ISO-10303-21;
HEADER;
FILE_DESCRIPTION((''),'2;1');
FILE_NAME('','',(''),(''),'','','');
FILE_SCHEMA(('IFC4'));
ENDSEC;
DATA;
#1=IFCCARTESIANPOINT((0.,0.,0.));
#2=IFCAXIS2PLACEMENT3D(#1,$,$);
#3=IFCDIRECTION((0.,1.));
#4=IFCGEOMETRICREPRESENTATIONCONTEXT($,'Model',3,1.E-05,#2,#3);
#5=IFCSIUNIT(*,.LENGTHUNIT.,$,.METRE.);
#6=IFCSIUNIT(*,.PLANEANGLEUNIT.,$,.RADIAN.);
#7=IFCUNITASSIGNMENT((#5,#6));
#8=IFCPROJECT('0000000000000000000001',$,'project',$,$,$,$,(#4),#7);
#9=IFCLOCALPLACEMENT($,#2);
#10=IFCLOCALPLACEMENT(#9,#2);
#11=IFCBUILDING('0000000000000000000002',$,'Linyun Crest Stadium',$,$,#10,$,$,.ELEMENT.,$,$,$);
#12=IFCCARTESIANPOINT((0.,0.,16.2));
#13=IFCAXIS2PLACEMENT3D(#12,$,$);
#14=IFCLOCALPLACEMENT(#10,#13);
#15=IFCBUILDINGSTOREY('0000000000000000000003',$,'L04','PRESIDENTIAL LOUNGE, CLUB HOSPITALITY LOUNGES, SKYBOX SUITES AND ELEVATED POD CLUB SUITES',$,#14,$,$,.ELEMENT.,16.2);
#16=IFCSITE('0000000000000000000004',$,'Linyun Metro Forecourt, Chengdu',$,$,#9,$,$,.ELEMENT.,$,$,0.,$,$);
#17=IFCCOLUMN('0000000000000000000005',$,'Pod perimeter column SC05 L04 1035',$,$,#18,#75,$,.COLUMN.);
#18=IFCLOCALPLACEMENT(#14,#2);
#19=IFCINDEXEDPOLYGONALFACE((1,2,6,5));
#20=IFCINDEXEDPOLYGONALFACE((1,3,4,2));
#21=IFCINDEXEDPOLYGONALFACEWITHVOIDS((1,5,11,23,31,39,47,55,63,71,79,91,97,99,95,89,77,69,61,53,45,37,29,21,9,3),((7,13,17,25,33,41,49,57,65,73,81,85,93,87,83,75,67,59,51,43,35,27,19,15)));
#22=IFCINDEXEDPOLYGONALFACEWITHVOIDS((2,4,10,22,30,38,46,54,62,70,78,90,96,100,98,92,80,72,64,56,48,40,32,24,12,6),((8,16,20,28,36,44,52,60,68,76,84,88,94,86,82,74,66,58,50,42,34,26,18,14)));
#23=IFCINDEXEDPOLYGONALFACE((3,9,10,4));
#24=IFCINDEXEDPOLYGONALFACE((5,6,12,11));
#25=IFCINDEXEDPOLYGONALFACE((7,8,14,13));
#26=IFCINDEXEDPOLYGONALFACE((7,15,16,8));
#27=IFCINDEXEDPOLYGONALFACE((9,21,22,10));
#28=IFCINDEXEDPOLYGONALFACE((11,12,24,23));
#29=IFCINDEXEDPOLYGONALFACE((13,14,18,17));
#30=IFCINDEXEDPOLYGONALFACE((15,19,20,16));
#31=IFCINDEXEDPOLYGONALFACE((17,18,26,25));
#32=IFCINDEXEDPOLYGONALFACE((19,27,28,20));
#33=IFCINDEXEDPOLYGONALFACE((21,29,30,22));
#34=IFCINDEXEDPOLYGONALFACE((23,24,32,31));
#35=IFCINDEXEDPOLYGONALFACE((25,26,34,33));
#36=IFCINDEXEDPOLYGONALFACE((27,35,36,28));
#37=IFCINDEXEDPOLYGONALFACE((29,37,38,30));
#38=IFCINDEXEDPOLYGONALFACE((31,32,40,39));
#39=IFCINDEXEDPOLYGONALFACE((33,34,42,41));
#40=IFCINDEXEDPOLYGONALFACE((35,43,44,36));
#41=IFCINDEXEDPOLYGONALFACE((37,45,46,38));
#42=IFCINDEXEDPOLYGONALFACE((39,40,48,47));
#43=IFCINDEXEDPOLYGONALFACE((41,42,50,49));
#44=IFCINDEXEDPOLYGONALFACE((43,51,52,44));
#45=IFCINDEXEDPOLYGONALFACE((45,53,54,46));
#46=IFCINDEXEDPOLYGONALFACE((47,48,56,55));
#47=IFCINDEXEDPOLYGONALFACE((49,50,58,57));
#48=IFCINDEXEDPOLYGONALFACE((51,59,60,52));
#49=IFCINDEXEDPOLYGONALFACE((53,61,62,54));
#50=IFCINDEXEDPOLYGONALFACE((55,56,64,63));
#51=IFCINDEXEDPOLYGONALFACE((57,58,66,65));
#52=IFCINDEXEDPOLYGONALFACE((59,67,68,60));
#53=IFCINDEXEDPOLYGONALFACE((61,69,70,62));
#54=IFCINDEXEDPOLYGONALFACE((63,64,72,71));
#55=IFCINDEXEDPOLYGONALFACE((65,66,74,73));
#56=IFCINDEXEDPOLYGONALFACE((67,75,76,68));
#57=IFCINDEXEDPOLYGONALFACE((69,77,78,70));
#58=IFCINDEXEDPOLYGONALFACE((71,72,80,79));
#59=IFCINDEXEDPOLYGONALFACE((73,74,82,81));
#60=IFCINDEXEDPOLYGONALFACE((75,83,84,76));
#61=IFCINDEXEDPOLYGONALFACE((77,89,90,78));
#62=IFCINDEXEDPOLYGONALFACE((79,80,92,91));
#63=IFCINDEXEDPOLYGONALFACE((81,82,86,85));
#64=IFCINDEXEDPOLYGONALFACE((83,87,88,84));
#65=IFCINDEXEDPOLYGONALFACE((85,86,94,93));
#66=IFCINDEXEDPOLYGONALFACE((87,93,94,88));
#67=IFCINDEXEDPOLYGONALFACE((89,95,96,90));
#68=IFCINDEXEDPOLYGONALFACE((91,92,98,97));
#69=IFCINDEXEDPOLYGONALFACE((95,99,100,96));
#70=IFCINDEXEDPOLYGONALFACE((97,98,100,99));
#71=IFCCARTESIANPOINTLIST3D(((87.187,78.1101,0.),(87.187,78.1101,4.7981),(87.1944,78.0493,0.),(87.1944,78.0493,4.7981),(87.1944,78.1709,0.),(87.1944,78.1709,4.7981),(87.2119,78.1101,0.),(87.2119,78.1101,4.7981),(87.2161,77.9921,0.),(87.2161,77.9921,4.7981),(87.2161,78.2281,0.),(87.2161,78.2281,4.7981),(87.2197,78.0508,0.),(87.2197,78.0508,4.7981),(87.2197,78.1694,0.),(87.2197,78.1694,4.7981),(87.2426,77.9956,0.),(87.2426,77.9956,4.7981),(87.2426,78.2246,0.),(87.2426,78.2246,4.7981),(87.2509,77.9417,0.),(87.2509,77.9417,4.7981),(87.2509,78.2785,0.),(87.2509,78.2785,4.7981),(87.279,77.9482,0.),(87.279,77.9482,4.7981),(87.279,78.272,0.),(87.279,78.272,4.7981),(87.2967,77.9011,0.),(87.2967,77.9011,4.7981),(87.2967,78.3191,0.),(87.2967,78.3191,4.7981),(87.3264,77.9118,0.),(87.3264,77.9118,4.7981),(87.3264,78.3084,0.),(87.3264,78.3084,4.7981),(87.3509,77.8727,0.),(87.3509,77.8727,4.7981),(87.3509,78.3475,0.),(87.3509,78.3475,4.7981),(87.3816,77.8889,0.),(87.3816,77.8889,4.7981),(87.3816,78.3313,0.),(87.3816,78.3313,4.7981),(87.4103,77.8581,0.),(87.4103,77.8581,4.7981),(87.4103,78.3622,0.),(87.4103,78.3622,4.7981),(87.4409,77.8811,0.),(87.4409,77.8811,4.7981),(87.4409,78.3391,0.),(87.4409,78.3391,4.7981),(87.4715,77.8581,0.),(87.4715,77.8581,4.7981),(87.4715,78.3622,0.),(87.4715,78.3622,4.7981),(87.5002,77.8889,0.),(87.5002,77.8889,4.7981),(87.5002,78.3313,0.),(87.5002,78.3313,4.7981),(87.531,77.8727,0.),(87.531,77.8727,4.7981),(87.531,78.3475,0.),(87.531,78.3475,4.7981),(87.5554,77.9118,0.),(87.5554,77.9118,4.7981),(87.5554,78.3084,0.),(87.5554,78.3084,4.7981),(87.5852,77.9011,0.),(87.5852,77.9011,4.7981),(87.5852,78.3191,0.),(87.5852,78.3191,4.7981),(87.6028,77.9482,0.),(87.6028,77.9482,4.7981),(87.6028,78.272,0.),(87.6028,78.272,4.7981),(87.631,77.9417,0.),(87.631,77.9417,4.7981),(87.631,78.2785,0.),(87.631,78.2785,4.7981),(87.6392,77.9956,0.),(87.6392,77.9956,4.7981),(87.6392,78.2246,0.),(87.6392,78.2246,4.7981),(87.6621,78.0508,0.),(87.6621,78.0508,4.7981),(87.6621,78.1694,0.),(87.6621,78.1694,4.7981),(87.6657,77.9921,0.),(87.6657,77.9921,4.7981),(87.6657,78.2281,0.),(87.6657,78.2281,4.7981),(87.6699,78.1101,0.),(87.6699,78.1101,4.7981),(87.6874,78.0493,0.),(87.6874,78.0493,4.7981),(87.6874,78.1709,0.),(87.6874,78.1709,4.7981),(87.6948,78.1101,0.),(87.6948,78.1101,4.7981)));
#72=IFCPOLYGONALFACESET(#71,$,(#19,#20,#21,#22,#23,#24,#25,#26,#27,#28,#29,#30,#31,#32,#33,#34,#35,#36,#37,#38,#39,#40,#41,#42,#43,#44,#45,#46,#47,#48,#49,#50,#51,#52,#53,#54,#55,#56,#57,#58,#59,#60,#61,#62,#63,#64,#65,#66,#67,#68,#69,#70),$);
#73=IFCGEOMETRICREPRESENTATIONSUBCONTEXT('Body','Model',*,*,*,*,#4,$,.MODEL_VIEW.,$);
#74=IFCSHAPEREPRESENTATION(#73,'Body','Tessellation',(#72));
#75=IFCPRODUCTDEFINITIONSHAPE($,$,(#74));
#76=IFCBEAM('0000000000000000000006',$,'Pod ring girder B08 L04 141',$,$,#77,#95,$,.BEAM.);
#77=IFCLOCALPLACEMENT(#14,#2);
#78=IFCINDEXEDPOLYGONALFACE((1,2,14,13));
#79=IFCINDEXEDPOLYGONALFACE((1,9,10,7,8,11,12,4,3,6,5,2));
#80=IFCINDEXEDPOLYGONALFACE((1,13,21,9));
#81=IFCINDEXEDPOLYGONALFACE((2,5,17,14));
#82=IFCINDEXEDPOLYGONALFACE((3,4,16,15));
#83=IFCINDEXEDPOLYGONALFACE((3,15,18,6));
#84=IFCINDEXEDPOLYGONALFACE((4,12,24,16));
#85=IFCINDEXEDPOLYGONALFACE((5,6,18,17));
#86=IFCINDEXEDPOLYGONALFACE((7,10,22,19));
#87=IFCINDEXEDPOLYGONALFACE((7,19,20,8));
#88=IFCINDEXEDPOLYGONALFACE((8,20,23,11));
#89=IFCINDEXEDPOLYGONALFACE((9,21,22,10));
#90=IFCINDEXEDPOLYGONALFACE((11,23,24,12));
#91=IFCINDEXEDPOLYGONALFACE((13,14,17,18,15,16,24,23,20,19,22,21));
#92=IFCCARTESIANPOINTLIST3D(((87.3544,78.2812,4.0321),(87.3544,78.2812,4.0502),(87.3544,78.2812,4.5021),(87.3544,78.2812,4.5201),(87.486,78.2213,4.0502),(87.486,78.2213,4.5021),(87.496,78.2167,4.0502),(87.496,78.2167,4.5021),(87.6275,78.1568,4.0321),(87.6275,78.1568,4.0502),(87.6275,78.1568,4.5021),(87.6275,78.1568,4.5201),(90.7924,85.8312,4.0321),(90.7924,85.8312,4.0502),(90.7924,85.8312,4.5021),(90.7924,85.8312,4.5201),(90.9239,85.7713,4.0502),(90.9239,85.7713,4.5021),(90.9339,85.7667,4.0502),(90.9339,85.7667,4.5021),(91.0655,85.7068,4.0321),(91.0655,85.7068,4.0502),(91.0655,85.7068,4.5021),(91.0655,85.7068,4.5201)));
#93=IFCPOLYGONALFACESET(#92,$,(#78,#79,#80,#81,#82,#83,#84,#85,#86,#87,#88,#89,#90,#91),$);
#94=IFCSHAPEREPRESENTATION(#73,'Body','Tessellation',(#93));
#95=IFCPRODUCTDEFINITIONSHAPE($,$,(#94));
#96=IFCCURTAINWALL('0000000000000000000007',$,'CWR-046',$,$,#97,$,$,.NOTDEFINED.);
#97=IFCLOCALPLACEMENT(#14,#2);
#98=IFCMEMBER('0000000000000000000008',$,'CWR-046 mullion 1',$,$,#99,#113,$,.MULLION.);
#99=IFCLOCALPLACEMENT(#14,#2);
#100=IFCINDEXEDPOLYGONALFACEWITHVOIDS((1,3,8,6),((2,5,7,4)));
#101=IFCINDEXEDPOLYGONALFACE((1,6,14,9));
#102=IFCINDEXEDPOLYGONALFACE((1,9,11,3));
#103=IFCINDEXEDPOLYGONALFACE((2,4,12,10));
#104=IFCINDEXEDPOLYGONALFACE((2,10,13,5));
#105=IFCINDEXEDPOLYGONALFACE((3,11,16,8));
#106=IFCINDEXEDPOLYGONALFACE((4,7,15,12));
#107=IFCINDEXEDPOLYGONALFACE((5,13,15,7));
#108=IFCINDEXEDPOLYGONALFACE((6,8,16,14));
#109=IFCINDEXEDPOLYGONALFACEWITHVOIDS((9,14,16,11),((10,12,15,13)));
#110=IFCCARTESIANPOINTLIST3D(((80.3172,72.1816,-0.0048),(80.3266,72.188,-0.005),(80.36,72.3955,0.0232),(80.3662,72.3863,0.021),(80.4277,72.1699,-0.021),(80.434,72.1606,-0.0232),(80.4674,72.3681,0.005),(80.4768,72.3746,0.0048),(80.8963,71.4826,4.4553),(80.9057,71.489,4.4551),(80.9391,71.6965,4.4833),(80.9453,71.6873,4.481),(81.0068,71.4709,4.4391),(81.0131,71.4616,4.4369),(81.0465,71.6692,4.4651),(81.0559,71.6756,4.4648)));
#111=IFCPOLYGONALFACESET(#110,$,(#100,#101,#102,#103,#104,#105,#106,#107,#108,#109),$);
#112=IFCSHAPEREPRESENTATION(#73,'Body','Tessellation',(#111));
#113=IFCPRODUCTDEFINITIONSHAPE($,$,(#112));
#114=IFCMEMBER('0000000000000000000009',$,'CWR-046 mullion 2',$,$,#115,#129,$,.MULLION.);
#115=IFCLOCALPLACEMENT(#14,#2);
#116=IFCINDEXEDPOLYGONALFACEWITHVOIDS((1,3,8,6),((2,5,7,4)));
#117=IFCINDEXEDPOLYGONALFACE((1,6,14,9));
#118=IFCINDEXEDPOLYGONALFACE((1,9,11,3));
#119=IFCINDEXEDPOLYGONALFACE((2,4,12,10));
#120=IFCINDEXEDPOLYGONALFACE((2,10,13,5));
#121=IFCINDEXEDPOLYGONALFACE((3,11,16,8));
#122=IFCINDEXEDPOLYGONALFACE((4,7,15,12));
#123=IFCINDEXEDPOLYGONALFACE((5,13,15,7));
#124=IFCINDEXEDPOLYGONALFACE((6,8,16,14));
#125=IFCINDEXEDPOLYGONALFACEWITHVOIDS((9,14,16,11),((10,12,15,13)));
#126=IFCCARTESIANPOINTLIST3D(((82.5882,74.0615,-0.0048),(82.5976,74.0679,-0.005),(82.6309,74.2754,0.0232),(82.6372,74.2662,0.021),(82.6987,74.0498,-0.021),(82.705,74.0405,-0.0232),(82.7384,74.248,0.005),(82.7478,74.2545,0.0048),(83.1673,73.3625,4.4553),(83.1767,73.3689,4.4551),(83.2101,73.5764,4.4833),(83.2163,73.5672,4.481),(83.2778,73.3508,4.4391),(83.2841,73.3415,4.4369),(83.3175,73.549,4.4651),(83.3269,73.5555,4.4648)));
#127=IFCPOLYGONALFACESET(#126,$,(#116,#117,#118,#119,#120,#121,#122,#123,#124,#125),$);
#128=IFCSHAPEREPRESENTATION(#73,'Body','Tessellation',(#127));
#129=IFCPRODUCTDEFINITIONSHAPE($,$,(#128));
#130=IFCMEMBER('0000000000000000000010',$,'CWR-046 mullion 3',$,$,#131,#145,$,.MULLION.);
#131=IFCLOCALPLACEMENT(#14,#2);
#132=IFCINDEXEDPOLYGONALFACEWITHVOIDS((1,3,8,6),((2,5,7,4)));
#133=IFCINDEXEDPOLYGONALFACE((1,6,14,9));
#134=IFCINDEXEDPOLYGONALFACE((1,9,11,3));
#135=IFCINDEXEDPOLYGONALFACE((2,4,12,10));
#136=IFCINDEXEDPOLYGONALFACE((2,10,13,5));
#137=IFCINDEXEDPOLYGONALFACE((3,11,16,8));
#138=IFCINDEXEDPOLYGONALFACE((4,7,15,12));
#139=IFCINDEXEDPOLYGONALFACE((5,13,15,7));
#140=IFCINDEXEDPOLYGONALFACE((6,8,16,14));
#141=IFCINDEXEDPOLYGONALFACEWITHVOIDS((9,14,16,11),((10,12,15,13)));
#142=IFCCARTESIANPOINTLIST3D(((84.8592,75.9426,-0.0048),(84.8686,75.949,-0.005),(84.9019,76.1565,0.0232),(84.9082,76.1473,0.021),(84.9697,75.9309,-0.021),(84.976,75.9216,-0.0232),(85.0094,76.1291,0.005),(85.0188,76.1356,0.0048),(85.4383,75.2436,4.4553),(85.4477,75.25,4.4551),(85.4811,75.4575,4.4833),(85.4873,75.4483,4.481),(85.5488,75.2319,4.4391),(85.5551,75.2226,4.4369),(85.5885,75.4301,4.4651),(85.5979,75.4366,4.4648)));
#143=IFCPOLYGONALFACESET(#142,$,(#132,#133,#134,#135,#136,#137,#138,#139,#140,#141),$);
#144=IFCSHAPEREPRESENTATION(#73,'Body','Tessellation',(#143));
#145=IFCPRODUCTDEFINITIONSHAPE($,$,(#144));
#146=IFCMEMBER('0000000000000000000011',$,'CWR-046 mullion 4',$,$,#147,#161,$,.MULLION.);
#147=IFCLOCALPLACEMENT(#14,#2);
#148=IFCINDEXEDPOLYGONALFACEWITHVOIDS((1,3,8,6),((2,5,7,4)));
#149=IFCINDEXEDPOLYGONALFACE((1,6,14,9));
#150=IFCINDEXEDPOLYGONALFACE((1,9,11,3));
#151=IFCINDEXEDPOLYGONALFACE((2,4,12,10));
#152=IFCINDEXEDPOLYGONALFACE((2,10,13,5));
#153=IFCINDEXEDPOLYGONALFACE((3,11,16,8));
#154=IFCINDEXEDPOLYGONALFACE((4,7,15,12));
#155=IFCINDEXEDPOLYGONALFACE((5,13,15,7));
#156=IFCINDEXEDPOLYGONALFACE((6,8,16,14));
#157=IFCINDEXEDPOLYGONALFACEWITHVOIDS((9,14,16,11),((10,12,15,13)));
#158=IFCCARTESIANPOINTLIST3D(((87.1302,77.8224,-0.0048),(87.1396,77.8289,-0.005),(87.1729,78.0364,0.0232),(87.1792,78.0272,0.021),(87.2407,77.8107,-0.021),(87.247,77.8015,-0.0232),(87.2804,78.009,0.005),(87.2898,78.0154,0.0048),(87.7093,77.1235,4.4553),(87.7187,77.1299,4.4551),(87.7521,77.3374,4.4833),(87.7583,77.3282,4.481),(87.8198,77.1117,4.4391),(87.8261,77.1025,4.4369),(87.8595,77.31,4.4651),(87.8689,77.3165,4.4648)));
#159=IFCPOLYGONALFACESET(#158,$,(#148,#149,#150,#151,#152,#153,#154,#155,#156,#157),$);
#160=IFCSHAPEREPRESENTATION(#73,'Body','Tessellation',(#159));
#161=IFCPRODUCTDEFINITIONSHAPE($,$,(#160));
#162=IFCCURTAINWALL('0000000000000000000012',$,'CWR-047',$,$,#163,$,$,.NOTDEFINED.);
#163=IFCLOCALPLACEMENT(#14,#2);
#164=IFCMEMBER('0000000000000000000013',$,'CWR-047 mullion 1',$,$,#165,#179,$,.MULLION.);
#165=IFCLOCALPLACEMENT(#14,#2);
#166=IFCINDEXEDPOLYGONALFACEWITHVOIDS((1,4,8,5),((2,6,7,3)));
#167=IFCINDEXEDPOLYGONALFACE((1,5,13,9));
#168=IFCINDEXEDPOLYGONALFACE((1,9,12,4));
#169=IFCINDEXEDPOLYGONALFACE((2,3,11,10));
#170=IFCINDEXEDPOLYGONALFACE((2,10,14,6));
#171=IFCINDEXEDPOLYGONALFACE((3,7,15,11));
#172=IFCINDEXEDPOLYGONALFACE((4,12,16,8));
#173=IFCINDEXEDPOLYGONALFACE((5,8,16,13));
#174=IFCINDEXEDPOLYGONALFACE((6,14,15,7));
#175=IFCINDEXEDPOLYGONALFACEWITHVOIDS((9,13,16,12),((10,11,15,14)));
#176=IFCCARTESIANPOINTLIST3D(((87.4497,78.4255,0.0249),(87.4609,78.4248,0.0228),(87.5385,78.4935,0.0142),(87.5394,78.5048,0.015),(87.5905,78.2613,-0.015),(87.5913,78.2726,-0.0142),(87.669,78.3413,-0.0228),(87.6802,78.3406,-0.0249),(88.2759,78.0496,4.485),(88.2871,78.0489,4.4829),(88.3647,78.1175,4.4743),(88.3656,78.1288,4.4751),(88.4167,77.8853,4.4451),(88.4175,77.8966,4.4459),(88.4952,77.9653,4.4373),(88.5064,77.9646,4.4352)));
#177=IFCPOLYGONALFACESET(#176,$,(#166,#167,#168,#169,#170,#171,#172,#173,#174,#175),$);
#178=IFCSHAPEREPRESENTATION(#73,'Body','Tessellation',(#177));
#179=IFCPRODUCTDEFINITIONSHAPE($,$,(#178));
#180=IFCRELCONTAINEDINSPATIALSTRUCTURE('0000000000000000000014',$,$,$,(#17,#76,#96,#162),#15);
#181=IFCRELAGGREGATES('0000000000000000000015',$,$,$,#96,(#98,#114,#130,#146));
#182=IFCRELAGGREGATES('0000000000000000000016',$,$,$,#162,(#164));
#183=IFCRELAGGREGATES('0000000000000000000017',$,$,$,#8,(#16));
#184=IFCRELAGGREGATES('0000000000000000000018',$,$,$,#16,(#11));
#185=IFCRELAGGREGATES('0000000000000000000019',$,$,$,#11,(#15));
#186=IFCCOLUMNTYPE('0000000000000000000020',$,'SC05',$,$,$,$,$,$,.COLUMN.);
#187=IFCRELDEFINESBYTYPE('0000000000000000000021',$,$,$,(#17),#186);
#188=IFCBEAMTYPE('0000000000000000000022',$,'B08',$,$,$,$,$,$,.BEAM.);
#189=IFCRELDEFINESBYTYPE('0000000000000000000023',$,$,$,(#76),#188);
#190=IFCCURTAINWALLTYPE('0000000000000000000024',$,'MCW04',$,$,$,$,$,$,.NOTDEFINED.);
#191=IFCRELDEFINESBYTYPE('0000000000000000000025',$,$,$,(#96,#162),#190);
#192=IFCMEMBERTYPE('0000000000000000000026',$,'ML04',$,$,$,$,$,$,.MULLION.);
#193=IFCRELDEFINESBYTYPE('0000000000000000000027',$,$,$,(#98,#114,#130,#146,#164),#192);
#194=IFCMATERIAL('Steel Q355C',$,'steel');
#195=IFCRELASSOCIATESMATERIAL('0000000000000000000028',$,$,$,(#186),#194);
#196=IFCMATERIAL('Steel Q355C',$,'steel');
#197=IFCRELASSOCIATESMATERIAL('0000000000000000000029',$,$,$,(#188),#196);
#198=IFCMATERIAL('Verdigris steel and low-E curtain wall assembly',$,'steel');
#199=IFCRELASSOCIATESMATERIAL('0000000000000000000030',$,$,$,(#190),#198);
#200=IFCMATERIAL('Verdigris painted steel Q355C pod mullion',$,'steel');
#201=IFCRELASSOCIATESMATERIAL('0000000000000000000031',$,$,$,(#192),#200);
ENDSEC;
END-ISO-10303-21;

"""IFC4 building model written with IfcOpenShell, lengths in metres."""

from ifc_helpers import new_model, si_unit, direction, frame, origin, origin_2d, place, context, subcontext, project, spatial, hollow_rectangle, hollow_circle, i_section, extrude, material, material_profile, profile_set, type_object, element, aggregate, save


model = new_model("IFC4")

# Units and contexts
model_context = context("Model", 3, precision=1e-05, world=origin(), true_north=direction((0.0, 1.0)))
body_context = subcontext(model_context, "Body", "Model", "MODEL_VIEW")
ifc_project = project(units=[si_unit("LENGTHUNIT", "METRE"), si_unit("PLANEANGLEUNIT", "RADIAN")], contexts=[model_context])

# Site, building, storey
site_placement = place(None, origin())
site = spatial("IfcSite", under=ifc_project, at=site_placement, Name="Linyun Metro Forecourt, Chengdu", CompositionType="ELEMENT", RefElevation=0.0)
building_placement = place(site_placement, origin())
building = spatial("IfcBuilding", under=site, at=building_placement, Name="Linyun Crest Stadium", CompositionType="ELEMENT")
storey_placement = place(building_placement, frame((0.0, 0.0, 16.2)))
storey = spatial("IfcBuildingStorey", under=building, at=storey_placement, Name="L04", Description="PRESIDENTIAL LOUNGE, CLUB HOSPITALITY LOUNGES, SKYBOX SUITES AND ELEVATED POD CLUB SUITES", CompositionType="ELEMENT", Elevation=16.2)

# Column
ifc_material_1 = material(Name="Steel Q355C", Category="steel")
ifc_material_profile_1 = material_profile(ifc_material_1, hollow_circle(Radius=0.2539, WallThickness=0.0249, at=origin_2d()), Name="CHS 508x25")
ifc_profile_set_1 = profile_set([ifc_material_profile_1], Name="Steel Q355C")
column_type = type_object("IfcColumnType", Name="SC05", PredefinedType="COLUMN", material=ifc_profile_set_1)
column_placement = place(storey_placement, frame((87.4409, 78.1101, 0.0), z_axis=(0.0, 0.0, 1.0), x_axis=(1.0, 0.0, 0.0)))
element("IfcColumn", 1, at=column_placement, inside=storey, type_object=column_type, Name="Pod perimeter column SC05 L04 1035", PredefinedType="COLUMN", context=body_context, shape_type="SweptSolid", body=[
    extrude(hollow_circle(Radius=0.2539, WallThickness=0.0249, at=origin_2d()), origin(), (0.0, 0.0, 1.0), 4.7981),
])

# Beam
ifc_material_2 = material(Name="Steel Q355C", Category="steel")
ifc_material_profile_2 = material_profile(ifc_material_2, i_section(OverallWidth=0.3, OverallDepth=0.488, WebThickness=0.011, FlangeThickness=0.0181, at=origin_2d()), Name="HM 488x300")
ifc_profile_set_2 = profile_set([ifc_material_profile_2], Name="Steel Q355C")
beam_type = type_object("IfcBeamType", Name="B08", PredefinedType="BEAM", material=ifc_profile_set_2)
beam_placement = place(storey_placement, frame((87.491, 78.219, 4.2761), z_axis=(0.414417, 0.910087, 0.0), x_axis=(-0.910087, 0.414417, 0.0)))
element("IfcBeam", 2, at=beam_placement, inside=storey, type_object=beam_type, Name="Pod ring girder B08 L04 141", PredefinedType="BEAM", context=body_context, shape_type="SweptSolid", body=[
    extrude(i_section(OverallWidth=0.3, OverallDepth=0.488, WebThickness=0.011, FlangeThickness=0.0181, at=origin_2d()), origin(), (0.0, 0.0, 1.0), 8.2959),
])

# Curtain wall, members
ifc_material_3 = material(Name="Verdigris steel and low-E curtain wall assembly", Category="steel")
curtain_wall_type = type_object("IfcCurtainWallType", Name="MCW04", PredefinedType="NOTDEFINED", material=ifc_material_3)
curtain_wall_1_placement = place(storey_placement, origin())
curtain_wall_1 = element("IfcCurtainWall", 3, at=curtain_wall_1_placement, inside=storey, type_object=curtain_wall_type, Name="CWR-046", PredefinedType="NOTDEFINED")
ifc_material_4 = material(Name="Verdigris painted steel Q355C pod mullion", Category="steel")
ifc_material_profile_3 = material_profile(ifc_material_4, hollow_rectangle(XDim=0.1201, YDim=0.22, WallThickness=0.0081, at=origin_2d()), Name="RHS 220x120x8")
ifc_profile_set_3 = profile_set([ifc_material_profile_3], Name="Verdigris painted steel Q355C pod mullion")
member_type_1 = type_object("IfcMemberType", Name="ML04", PredefinedType="MULLION", material=ifc_profile_set_3)
member_1_placement = place(storey_placement, frame((80.397, 72.2781, 0.0), z_axis=(0.127236, -0.153574, 0.979911), x_axis=(-0.972616, 0.174406, 0.153622)))
member_1 = element("IfcMember", 4, at=member_1_placement, type_object=member_type_1, Name="CWR-046 mullion 1", PredefinedType="MULLION", context=body_context, shape_type="SweptSolid", body=[
    extrude(hollow_rectangle(XDim=0.1201, YDim=0.22, WallThickness=0.0081, at=origin_2d()), origin(), (0.0, 0.0, 1.0), 4.5515),
])
member_2_placement = place(storey_placement, frame((82.668, 74.158, 0.0), z_axis=(0.127236, -0.153574, 0.979911), x_axis=(-0.972616, 0.174406, 0.153622)))
member_2 = element("IfcMember", 5, at=member_2_placement, type_object=member_type_1, Name="CWR-046 mullion 2", PredefinedType="MULLION", context=body_context, shape_type="SweptSolid", body=[
    extrude(hollow_rectangle(XDim=0.1201, YDim=0.22, WallThickness=0.0081, at=origin_2d()), origin(), (0.0, 0.0, 1.0), 4.5515),
])
member_3_placement = place(storey_placement, frame((84.939, 76.0391, 0.0), z_axis=(0.127236, -0.153574, 0.979911), x_axis=(-0.972616, 0.174406, 0.153622)))
member_3 = element("IfcMember", 6, at=member_3_placement, type_object=member_type_1, Name="CWR-046 mullion 3", PredefinedType="MULLION", context=body_context, shape_type="SweptSolid", body=[
    extrude(hollow_rectangle(XDim=0.1201, YDim=0.22, WallThickness=0.0081, at=origin_2d()), origin(), (0.0, 0.0, 1.0), 4.5515),
])
member_4_placement = place(storey_placement, frame((87.21, 77.9189, 0.0), z_axis=(0.127236, -0.153574, 0.979911), x_axis=(-0.972616, 0.174406, 0.153622)))
member_4 = element("IfcMember", 7, at=member_4_placement, type_object=member_type_1, Name="CWR-046 mullion 4", PredefinedType="MULLION", context=body_context, shape_type="SweptSolid", body=[
    extrude(hollow_rectangle(XDim=0.1201, YDim=0.22, WallThickness=0.0081, at=origin_2d()), origin(), (0.0, 0.0, 1.0), 4.5515),
])

# Curtain wall, member
curtain_wall_2_placement = place(storey_placement, origin())
curtain_wall_2 = element("IfcCurtainWall", 8, at=curtain_wall_2_placement, inside=storey, type_object=curtain_wall_type, Name="CWR-047", PredefinedType="NOTDEFINED")
member_5_placement = place(storey_placement, frame((87.5649, 78.3831, 0.0), z_axis=(0.181521, -0.082607, 0.979911), x_axis=(-0.746666, -0.660042, 0.082672)))
member_5 = element("IfcMember", 9, at=member_5_placement, type_object=member_type_1, Name="CWR-047 mullion 1", PredefinedType="MULLION", context=body_context, shape_type="SweptSolid", body=[
    extrude(hollow_rectangle(XDim=0.1201, YDim=0.22, WallThickness=0.0081, at=origin_2d()), origin(), (0.0, 0.0, 1.0), 4.5515),
])

aggregate(curtain_wall_1, [member_1, member_2, member_3, member_4])
aggregate(curtain_wall_2, [member_5])

save(model, "model.ifc")
